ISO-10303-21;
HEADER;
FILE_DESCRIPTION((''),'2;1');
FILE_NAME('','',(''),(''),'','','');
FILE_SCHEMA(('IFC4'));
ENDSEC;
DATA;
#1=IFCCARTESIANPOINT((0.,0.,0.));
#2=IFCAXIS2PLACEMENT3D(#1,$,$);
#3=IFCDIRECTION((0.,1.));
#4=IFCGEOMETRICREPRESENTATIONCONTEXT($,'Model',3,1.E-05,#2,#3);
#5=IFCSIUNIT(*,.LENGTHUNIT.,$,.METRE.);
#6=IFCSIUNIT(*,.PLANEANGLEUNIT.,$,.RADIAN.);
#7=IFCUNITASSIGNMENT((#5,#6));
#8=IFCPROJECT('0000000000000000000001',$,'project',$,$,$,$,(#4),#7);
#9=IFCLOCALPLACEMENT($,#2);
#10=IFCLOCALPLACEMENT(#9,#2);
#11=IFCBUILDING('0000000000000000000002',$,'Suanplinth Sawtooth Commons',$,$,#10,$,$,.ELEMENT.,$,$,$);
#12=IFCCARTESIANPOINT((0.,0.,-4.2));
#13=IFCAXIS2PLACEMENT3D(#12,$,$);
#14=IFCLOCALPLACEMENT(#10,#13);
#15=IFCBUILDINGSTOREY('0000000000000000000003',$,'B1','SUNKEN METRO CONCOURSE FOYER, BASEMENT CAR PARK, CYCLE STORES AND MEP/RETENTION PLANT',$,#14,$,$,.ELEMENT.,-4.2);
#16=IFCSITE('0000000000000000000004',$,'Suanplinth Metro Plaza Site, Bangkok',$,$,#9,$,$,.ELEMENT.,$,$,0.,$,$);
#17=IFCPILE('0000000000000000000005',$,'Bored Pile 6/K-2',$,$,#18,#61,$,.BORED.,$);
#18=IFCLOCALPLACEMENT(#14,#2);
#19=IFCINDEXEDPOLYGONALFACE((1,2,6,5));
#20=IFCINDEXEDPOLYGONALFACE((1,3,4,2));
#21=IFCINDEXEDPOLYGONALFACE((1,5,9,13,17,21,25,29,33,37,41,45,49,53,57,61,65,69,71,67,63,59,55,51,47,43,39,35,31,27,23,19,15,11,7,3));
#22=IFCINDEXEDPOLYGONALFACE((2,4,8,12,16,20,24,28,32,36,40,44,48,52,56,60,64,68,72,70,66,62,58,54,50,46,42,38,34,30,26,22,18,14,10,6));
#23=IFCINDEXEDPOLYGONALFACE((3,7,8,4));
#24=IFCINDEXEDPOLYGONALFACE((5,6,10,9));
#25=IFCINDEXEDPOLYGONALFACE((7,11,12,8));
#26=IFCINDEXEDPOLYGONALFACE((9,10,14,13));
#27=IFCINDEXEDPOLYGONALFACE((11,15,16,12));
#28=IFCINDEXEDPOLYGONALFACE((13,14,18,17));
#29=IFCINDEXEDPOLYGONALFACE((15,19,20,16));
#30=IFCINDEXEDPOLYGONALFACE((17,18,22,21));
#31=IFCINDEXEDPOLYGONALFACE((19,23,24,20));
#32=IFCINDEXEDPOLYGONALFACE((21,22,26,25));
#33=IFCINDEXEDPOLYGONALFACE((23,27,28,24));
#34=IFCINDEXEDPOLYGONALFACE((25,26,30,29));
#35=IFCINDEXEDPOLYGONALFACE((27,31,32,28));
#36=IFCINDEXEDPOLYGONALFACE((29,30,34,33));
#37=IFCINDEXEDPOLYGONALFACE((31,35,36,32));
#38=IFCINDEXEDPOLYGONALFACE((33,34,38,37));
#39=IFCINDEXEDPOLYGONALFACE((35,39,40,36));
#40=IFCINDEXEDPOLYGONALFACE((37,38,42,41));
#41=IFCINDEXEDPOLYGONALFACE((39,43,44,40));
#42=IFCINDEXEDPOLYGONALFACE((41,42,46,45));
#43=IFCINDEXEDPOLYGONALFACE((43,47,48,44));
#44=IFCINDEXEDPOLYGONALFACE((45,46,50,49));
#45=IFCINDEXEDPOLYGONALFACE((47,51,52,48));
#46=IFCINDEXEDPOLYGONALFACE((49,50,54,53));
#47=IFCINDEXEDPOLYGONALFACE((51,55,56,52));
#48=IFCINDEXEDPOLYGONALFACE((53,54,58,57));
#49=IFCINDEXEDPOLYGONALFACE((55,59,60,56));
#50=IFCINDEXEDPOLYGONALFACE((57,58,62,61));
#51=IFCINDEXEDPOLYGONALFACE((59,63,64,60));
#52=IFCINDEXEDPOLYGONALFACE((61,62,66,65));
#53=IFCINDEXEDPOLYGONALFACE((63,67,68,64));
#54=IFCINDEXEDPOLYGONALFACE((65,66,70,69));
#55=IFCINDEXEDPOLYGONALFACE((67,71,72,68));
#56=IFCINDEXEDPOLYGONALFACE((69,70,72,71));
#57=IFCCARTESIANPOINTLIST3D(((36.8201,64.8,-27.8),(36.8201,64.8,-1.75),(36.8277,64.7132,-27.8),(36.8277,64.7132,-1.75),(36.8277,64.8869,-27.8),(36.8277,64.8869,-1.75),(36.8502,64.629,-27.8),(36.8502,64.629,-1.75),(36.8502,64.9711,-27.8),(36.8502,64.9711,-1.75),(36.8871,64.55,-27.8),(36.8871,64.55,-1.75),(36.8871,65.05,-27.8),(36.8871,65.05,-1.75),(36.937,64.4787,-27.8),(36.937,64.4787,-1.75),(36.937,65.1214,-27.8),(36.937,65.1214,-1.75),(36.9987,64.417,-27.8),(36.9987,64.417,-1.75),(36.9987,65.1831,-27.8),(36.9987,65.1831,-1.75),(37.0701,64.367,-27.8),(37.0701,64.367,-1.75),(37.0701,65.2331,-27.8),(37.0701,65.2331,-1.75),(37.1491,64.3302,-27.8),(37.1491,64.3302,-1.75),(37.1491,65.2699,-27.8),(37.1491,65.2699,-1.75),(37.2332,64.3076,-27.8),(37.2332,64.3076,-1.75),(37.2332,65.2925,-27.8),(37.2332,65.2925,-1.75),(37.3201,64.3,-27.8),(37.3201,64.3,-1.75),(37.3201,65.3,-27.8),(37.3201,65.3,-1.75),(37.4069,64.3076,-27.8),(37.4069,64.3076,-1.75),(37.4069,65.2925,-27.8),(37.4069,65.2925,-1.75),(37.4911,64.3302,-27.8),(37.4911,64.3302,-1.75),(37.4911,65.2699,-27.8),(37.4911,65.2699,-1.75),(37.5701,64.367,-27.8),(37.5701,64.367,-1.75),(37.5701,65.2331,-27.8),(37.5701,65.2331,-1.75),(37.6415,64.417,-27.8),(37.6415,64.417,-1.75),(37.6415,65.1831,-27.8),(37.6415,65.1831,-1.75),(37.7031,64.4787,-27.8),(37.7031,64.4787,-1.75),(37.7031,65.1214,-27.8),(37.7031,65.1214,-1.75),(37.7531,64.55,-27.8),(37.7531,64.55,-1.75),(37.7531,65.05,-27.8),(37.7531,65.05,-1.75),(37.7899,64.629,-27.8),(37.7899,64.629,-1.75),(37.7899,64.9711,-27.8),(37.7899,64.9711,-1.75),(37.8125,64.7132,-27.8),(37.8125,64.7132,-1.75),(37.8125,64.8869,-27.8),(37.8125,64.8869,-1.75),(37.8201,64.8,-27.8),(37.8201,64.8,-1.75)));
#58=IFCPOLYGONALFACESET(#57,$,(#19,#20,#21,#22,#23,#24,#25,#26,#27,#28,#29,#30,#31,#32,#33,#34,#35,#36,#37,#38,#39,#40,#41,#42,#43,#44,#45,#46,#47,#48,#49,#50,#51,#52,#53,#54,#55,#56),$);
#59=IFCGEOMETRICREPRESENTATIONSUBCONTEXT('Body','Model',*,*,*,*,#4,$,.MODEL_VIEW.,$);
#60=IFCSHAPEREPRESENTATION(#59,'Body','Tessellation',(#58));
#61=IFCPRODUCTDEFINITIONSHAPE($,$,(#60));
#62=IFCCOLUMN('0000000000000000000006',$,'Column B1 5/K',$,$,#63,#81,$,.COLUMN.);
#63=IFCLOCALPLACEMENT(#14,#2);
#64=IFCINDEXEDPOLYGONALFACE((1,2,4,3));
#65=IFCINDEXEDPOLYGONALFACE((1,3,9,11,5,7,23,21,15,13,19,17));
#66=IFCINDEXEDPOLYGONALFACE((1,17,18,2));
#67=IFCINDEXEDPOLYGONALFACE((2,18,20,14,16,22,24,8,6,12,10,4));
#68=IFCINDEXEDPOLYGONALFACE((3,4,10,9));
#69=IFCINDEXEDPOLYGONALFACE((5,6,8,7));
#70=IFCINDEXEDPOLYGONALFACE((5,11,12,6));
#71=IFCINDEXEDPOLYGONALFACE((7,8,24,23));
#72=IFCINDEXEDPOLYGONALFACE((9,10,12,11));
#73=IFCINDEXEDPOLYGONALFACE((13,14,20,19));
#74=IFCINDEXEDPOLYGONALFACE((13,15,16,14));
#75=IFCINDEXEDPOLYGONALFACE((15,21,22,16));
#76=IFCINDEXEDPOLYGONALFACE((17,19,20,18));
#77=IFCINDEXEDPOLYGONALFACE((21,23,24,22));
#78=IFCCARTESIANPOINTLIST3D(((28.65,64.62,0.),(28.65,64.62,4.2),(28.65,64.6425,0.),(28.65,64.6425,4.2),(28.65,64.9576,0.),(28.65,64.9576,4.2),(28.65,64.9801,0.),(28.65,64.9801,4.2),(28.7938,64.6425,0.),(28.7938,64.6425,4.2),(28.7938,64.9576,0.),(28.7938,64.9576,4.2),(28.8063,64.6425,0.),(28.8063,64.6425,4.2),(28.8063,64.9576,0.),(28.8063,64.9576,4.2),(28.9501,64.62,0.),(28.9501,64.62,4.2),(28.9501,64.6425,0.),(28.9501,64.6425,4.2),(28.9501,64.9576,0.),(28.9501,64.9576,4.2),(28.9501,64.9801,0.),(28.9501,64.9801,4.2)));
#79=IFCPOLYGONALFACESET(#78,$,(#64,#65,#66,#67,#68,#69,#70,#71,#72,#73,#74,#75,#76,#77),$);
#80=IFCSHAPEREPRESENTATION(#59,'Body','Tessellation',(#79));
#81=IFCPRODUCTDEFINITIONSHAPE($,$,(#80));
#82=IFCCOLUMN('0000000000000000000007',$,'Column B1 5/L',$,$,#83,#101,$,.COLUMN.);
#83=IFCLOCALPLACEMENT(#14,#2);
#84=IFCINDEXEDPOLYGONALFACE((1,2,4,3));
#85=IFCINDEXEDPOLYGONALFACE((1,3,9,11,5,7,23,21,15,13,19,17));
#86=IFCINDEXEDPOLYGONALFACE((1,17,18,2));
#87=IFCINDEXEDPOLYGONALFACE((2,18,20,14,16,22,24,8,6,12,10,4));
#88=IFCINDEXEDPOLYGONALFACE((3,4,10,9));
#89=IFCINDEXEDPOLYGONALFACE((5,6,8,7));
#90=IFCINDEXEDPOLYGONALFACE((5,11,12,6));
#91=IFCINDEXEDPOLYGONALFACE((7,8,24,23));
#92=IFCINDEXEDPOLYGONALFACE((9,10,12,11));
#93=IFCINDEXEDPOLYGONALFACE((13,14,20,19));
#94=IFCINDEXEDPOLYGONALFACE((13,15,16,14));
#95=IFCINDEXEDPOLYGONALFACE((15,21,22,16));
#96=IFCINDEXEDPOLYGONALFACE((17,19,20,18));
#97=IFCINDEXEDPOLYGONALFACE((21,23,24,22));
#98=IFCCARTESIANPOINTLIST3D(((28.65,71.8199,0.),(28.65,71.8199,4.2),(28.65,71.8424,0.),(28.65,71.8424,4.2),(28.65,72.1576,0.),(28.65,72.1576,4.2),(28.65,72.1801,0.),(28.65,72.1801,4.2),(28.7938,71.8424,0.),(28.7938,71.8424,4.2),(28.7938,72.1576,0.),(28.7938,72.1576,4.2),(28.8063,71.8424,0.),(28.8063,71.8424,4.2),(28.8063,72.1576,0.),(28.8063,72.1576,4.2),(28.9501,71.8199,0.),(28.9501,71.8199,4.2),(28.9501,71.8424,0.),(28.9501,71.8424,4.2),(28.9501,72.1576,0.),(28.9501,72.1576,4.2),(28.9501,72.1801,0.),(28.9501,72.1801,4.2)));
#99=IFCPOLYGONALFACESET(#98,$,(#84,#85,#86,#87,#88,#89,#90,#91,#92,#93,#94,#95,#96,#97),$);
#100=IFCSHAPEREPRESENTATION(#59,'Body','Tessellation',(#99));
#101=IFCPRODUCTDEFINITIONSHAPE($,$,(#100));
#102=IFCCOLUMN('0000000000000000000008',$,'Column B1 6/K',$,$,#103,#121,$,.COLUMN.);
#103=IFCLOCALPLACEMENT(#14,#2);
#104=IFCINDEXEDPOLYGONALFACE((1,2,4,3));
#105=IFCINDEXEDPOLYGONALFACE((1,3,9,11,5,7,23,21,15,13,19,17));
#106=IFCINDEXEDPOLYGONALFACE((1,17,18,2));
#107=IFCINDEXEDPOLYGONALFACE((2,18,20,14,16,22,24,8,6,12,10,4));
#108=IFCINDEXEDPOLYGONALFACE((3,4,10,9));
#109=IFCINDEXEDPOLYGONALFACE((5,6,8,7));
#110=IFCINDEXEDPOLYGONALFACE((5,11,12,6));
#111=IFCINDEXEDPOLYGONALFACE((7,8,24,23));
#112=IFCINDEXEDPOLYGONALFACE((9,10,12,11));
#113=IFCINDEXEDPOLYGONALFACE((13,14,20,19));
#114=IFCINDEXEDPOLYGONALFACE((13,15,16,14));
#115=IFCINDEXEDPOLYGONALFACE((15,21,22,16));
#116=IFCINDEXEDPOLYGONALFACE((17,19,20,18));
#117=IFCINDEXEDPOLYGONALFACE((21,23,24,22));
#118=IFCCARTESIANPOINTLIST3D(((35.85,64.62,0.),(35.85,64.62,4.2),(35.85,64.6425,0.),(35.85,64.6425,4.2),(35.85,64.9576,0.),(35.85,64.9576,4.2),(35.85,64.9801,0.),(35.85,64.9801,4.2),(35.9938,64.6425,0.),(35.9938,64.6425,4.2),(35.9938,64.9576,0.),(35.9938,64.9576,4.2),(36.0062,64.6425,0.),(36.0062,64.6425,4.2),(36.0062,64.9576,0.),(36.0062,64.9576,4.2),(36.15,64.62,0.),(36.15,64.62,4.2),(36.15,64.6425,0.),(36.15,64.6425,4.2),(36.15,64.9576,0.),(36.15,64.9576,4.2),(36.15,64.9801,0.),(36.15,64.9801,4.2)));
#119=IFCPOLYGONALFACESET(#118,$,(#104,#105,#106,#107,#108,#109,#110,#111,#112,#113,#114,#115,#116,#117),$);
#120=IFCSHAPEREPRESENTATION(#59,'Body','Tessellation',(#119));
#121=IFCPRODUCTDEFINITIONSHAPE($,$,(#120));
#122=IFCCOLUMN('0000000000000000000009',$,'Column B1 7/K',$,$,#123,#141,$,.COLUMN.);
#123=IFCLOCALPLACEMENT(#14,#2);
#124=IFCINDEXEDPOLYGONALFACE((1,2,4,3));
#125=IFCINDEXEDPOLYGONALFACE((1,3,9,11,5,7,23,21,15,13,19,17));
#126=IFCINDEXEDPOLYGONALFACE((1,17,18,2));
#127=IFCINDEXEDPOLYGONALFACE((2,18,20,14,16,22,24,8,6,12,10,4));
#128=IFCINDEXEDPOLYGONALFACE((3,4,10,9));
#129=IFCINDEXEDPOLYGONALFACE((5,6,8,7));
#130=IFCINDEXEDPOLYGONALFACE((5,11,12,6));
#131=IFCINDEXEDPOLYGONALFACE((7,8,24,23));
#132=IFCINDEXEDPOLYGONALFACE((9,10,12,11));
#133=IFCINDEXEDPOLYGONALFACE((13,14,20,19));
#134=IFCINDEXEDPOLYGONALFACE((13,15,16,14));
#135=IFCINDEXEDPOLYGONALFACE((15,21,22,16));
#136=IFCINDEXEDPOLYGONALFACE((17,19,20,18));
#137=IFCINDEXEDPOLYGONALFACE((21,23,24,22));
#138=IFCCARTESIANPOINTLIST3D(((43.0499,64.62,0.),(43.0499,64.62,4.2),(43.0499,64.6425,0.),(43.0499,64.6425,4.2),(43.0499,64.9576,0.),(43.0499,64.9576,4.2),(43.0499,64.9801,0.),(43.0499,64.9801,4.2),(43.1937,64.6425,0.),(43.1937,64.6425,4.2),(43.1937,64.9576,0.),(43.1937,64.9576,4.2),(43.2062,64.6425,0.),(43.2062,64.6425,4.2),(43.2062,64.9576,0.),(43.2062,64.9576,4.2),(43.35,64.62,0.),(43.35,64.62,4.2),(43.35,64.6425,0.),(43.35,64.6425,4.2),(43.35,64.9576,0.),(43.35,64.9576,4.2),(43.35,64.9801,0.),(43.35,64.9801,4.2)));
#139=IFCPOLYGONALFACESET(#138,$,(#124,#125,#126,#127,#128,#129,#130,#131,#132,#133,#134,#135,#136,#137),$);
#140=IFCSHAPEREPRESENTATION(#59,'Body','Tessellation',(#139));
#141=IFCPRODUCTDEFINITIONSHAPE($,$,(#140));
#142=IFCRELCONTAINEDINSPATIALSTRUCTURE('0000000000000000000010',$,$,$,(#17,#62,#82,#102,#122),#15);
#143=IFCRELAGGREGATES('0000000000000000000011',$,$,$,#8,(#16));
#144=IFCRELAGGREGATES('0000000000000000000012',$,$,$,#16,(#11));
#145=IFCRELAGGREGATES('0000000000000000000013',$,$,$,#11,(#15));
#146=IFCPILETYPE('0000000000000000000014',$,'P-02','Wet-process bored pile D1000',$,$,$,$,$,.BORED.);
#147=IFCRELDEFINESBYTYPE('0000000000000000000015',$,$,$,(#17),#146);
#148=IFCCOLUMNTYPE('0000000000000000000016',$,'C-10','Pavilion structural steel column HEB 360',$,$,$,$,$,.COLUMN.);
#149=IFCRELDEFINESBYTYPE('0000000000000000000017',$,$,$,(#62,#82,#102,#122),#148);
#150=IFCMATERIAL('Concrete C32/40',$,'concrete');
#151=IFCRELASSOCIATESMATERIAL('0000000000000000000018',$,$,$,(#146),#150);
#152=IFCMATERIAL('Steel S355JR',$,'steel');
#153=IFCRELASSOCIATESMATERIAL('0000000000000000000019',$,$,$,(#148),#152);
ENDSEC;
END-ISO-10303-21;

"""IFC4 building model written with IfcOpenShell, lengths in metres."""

from ifc_helpers import new_model, si_unit, direction, frame, origin, origin_2d, place, context, subcontext, project, spatial, circle, i_section, extrude, material, material_profile, profile_set, type_object, element, save


model = new_model("IFC4")

# Units and contexts
model_context = context("Model", 3, precision=1e-05, world=origin(), true_north=direction((0.0, 1.0)))
body_context = subcontext(model_context, "Body", "Model", "MODEL_VIEW")
ifc_project = project(units=[si_unit("LENGTHUNIT", "METRE"), si_unit("PLANEANGLEUNIT", "RADIAN")], contexts=[model_context])

# Site, building, storey
site_placement = place(None, origin())
site = spatial("IfcSite", under=ifc_project, at=site_placement, Name="Suanplinth Metro Plaza Site, Bangkok", CompositionType="ELEMENT", RefElevation=0.0)
building_placement = place(site_placement, origin())
building = spatial("IfcBuilding", under=site, at=building_placement, Name="Suanplinth Sawtooth Commons", CompositionType="ELEMENT")
storey_placement = place(building_placement, frame((0.0, 0.0, -4.2)))
storey = spatial("IfcBuildingStorey", under=building, at=storey_placement, Name="B1", Description="SUNKEN METRO CONCOURSE FOYER, BASEMENT CAR PARK, CYCLE STORES AND MEP/RETENTION PLANT", CompositionType="ELEMENT", Elevation=-4.2)

# Pile
ifc_material_1 = material(Name="Concrete C32/40", Category="concrete")
ifc_material_profile_1 = material_profile(ifc_material_1, circle(Radius=0.5, at=origin_2d()), Name="PILE D1000")
ifc_profile_set_1 = profile_set([ifc_material_profile_1], Name="Concrete C32/40")
pile_type_1 = type_object("IfcPileType", Name="P-02", Description="Wet-process bored pile D1000", PredefinedType="BORED", material=ifc_profile_set_1)
for number, where, z_axis, x_axis, name in (
    (1, (37.3201, 64.8, -1.75), (0.0, 0.0, -1.0), (1.0, 0.0, 0.0), "Bored Pile 6/K-2"),
):
    element("IfcPile", number, at=place(storey_placement, frame(where, z_axis=z_axis, x_axis=x_axis)), inside=storey, type_object=pile_type_1, Name=name, PredefinedType="BORED", context=body_context, shape_type="SweptSolid", body=[
        extrude(circle(Radius=0.5, at=origin_2d()), origin(), (0.0, 0.0, 1.0), 26.05),
    ])

# Columns
ifc_material_2 = material(Name="Steel S355JR", Category="steel")
ifc_material_profile_2 = material_profile(ifc_material_2, i_section(OverallWidth=0.3, OverallDepth=0.3601, WebThickness=0.0125, FlangeThickness=0.0225, at=origin_2d()), Name="HEB 360")
ifc_profile_set_2 = profile_set([ifc_material_profile_2], Name="Steel S355JR")
column_type = type_object("IfcColumnType", Name="C-10", Description="Pavilion structural steel column HEB 360", PredefinedType="COLUMN", material=ifc_profile_set_2)
for number, where, z_axis, x_axis, name in (
    (2, (28.8, 64.8, 0.0), (0.0, 0.0, 1.0), (1.0, 0.0, 0.0), "Column B1 5/K"),
    (3, (28.8, 72.0, 0.0), (0.0, 0.0, 1.0), (1.0, 0.0, 0.0), "Column B1 5/L"),
    (4, (36.0, 64.8, 0.0), (0.0, 0.0, 1.0), (1.0, 0.0, 0.0), "Column B1 6/K"),
    (5, (43.2, 64.8, 0.0), (0.0, 0.0, 1.0), (1.0, 0.0, 0.0), "Column B1 7/K"),
):
    element("IfcColumn", number, at=place(storey_placement, frame(where, z_axis=z_axis, x_axis=x_axis)), inside=storey, type_object=column_type, Name=name, PredefinedType="COLUMN", context=body_context, shape_type="SweptSolid", body=[
        extrude(i_section(OverallWidth=0.3, OverallDepth=0.3601, WebThickness=0.0125, FlangeThickness=0.0225, at=origin_2d()), origin(), (0.0, 0.0, 1.0), 4.2),
    ])

save(model, "model.ifc")
